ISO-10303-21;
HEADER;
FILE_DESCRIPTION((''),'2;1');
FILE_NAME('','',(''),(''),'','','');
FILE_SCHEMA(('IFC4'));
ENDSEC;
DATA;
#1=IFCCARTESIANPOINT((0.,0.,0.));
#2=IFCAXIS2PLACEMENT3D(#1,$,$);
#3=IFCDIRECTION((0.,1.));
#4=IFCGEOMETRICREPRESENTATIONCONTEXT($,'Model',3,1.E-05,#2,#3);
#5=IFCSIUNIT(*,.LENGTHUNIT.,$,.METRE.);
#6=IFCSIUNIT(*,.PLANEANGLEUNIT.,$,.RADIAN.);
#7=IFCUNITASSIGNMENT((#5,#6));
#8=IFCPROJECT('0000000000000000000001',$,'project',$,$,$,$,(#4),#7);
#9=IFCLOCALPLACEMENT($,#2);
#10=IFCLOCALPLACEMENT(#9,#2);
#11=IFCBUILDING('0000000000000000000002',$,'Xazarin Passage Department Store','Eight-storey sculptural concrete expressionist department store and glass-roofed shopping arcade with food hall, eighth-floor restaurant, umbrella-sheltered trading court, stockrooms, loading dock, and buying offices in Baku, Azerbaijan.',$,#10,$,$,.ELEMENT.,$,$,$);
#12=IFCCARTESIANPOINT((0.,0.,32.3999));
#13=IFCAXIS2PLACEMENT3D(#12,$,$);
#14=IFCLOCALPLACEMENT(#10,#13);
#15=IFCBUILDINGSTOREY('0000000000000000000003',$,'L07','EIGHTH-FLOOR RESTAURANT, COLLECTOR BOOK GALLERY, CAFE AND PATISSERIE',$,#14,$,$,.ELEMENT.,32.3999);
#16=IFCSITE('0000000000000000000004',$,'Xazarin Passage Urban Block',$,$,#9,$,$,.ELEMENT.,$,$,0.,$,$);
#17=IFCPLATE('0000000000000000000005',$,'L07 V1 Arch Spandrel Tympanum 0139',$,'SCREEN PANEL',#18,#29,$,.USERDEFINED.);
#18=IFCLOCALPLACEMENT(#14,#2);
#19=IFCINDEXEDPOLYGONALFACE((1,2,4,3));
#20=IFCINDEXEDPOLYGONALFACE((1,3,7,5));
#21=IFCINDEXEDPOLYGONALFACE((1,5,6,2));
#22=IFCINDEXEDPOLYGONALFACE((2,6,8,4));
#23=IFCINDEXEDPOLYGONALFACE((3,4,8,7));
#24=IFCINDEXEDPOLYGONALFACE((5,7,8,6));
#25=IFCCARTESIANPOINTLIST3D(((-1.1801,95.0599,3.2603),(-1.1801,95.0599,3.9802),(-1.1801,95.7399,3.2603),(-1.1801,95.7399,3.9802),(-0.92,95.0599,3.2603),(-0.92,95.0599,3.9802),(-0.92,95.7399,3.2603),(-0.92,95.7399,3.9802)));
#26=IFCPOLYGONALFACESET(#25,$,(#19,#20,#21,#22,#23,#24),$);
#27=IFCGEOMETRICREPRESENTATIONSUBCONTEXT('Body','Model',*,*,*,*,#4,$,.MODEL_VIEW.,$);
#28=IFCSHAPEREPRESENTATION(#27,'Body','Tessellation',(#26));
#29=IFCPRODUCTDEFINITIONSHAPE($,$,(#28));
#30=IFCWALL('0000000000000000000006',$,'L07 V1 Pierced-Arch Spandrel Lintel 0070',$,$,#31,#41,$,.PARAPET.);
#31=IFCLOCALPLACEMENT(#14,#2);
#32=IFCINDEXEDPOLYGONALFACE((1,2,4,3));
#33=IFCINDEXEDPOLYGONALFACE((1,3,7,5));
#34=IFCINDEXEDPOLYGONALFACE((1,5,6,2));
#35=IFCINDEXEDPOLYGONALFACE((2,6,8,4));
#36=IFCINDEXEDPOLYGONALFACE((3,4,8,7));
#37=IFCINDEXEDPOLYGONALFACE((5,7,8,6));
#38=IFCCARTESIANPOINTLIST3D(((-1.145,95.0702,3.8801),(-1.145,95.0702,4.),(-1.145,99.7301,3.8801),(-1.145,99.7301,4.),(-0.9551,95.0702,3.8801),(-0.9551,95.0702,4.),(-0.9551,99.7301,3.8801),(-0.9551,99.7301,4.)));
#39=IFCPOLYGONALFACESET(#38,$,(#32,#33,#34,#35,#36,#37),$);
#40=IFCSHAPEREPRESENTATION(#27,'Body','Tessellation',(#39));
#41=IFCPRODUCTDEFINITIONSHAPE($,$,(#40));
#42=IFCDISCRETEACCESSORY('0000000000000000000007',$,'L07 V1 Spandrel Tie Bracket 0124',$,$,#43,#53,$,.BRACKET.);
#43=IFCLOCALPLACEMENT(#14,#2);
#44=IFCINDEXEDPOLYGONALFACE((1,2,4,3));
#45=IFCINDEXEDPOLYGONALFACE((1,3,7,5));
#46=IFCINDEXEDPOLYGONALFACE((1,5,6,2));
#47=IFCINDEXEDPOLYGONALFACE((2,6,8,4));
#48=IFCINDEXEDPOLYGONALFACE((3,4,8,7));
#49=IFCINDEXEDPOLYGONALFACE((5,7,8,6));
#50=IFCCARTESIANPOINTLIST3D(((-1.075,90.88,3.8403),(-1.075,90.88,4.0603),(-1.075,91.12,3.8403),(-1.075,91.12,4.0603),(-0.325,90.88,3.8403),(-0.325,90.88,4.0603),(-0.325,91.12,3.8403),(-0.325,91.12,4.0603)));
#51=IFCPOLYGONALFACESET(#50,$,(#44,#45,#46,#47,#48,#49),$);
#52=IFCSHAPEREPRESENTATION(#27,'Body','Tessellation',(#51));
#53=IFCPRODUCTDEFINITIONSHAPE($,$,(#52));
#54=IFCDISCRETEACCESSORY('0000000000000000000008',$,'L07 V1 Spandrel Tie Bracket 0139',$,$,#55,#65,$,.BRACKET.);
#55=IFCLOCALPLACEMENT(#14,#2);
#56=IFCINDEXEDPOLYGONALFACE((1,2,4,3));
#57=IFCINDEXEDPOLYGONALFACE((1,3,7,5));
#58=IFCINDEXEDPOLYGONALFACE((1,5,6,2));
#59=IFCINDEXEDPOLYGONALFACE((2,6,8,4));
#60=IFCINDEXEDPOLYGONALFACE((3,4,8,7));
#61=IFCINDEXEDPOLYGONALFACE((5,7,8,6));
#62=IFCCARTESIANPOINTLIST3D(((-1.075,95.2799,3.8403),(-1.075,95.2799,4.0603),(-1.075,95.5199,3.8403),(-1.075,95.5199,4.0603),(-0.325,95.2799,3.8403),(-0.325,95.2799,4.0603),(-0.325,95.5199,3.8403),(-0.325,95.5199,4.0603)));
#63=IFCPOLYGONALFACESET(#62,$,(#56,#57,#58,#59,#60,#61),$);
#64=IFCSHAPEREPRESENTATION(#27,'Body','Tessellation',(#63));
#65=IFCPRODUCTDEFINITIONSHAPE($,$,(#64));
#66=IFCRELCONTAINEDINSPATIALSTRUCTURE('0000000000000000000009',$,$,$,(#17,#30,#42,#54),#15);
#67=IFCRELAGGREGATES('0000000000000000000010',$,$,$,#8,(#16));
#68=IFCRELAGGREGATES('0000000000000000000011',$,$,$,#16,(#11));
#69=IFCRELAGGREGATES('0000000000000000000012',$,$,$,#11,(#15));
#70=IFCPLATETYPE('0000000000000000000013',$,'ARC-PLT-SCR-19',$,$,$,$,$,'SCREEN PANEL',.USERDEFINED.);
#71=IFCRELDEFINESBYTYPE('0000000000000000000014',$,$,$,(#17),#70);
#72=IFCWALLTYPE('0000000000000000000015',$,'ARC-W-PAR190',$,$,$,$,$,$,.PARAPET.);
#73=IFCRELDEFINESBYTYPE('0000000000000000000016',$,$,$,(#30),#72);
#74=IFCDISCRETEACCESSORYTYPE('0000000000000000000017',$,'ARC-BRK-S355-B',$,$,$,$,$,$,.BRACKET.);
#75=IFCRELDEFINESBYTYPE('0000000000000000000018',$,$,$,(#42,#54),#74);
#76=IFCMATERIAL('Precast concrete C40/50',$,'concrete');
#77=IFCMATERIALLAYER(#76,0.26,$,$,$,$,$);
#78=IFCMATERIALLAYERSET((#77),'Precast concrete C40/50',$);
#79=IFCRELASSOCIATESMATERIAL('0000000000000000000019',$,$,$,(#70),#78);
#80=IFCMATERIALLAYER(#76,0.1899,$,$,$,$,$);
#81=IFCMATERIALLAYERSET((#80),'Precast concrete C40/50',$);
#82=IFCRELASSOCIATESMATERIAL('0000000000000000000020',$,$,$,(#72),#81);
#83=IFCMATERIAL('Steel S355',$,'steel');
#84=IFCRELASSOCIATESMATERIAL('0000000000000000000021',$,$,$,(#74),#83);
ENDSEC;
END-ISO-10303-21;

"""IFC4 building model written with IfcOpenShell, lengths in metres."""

from ifc_helpers import new_model, si_unit, direction, frame, frame_2d, origin, origin_2d, place, context, subcontext, project, spatial, rectangle, extrude, material, layer, layer_set, type_object, element, save


model = new_model("IFC4")

# Units and contexts
model_context = context("Model", 3, precision=1e-05, world=origin(), true_north=direction((0.0, 1.0)))
body_context = subcontext(model_context, "Body", "Model", "MODEL_VIEW")
ifc_project = project(units=[si_unit("LENGTHUNIT", "METRE"), si_unit("PLANEANGLEUNIT", "RADIAN")], contexts=[model_context])

# Site, building, storey
site_placement = place(None, origin())
site = spatial("IfcSite", under=ifc_project, at=site_placement, Name="Xazarin Passage Urban Block", CompositionType="ELEMENT", RefElevation=0.0)
building_placement = place(site_placement, origin())
building = spatial("IfcBuilding", under=site, at=building_placement, Name="Xazarin Passage Department Store", Description="Eight-storey sculptural concrete expressionist department store and glass-roofed shopping arcade with food hall, eighth-floor restaurant, umbrella-sheltered trading court, stockrooms, loading dock, and buying offices in Baku, Azerbaijan.", CompositionType="ELEMENT")
storey_placement = place(building_placement, frame((0.0, 0.0, 32.3999)))
storey = spatial("IfcBuildingStorey", under=building, at=storey_placement, Name="L07", Description="EIGHTH-FLOOR RESTAURANT, COLLECTOR BOOK GALLERY, CAFE AND PATISSERIE", CompositionType="ELEMENT", Elevation=32.3999)

# Plate
ifc_material_1 = material(Name="Precast concrete C40/50", Category="concrete")
ifc_layer_1 = layer(ifc_material_1, 0.26)
ifc_layer_set_1 = layer_set([ifc_layer_1], Name="Precast concrete C40/50")
plate_type_1 = type_object("IfcPlateType", Name="ARC-PLT-SCR-19", ElementType="SCREEN PANEL", PredefinedType="USERDEFINED", material=ifc_layer_set_1)
plate_1_placement = place(storey_placement, frame((-1.05, 95.3999, 3.2603), z_axis=(0.0, 0.0, 1.0), x_axis=(0.0, 1.0, 0.0)))
element("IfcPlate", 1, at=plate_1_placement, inside=storey, type_object=plate_type_1, Name="L07 V1 Arch Spandrel Tympanum 0139", ObjectType="SCREEN PANEL", PredefinedType="USERDEFINED", context=body_context, shape_type="SweptSolid", body=[
    extrude(rectangle(XDim=0.6799, YDim=0.26, at=origin_2d()), origin(), (0.0, 0.0, 1.0), 0.72),
])

# Wall
ifc_layer_2 = layer(ifc_material_1, 0.1899)
ifc_layer_set_2 = layer_set([ifc_layer_2], Name="Precast concrete C40/50")
wall_type = type_object("IfcWallType", Name="ARC-W-PAR190", PredefinedType="PARAPET", material=ifc_layer_set_2)
wall_placement = place(storey_placement, frame((-1.05, 95.0701, 3.8801), z_axis=(0.0, 0.0, 1.0), x_axis=(0.0, 1.0, 0.0)))
element("IfcWall", 2, at=wall_placement, inside=storey, type_object=wall_type, Name="L07 V1 Pierced-Arch Spandrel Lintel 0070", PredefinedType="PARAPET", context=body_context, shape_type="SweptSolid", body=[
    extrude(rectangle(XDim=4.6599, YDim=0.1899, at=frame_2d((2.3301, 0.0))), origin(), (0.0, 0.0, 1.0), 0.1199),
])

# Discrete accessories
ifc_material_2 = material(Name="Steel S355", Category="steel")
discrete_accessory_type = type_object("IfcDiscreteAccessoryType", Name="ARC-BRK-S355-B", PredefinedType="BRACKET", material=ifc_material_2)
for number, where, z_axis, x_axis, name in (
    (3, (-0.7, 91.0, 3.8403), (0.0, 0.0, 1.0), (0.0, 1.0, 0.0), "L07 V1 Spandrel Tie Bracket 0124"),
    (4, (-0.7, 95.3999, 3.8403), (0.0, 0.0, 1.0), (0.0, 1.0, 0.0), "L07 V1 Spandrel Tie Bracket 0139"),
):
    element("IfcDiscreteAccessory", number, at=place(storey_placement, frame(where, z_axis=z_axis, x_axis=x_axis)), inside=storey, type_object=discrete_accessory_type, Name=name, PredefinedType="BRACKET", context=body_context, shape_type="SweptSolid", body=[
        extrude(rectangle(XDim=0.24, YDim=0.75, at=origin_2d()), origin(), (0.0, 0.0, 1.0), 0.22),
    ])

save(model, "model.ifc")
